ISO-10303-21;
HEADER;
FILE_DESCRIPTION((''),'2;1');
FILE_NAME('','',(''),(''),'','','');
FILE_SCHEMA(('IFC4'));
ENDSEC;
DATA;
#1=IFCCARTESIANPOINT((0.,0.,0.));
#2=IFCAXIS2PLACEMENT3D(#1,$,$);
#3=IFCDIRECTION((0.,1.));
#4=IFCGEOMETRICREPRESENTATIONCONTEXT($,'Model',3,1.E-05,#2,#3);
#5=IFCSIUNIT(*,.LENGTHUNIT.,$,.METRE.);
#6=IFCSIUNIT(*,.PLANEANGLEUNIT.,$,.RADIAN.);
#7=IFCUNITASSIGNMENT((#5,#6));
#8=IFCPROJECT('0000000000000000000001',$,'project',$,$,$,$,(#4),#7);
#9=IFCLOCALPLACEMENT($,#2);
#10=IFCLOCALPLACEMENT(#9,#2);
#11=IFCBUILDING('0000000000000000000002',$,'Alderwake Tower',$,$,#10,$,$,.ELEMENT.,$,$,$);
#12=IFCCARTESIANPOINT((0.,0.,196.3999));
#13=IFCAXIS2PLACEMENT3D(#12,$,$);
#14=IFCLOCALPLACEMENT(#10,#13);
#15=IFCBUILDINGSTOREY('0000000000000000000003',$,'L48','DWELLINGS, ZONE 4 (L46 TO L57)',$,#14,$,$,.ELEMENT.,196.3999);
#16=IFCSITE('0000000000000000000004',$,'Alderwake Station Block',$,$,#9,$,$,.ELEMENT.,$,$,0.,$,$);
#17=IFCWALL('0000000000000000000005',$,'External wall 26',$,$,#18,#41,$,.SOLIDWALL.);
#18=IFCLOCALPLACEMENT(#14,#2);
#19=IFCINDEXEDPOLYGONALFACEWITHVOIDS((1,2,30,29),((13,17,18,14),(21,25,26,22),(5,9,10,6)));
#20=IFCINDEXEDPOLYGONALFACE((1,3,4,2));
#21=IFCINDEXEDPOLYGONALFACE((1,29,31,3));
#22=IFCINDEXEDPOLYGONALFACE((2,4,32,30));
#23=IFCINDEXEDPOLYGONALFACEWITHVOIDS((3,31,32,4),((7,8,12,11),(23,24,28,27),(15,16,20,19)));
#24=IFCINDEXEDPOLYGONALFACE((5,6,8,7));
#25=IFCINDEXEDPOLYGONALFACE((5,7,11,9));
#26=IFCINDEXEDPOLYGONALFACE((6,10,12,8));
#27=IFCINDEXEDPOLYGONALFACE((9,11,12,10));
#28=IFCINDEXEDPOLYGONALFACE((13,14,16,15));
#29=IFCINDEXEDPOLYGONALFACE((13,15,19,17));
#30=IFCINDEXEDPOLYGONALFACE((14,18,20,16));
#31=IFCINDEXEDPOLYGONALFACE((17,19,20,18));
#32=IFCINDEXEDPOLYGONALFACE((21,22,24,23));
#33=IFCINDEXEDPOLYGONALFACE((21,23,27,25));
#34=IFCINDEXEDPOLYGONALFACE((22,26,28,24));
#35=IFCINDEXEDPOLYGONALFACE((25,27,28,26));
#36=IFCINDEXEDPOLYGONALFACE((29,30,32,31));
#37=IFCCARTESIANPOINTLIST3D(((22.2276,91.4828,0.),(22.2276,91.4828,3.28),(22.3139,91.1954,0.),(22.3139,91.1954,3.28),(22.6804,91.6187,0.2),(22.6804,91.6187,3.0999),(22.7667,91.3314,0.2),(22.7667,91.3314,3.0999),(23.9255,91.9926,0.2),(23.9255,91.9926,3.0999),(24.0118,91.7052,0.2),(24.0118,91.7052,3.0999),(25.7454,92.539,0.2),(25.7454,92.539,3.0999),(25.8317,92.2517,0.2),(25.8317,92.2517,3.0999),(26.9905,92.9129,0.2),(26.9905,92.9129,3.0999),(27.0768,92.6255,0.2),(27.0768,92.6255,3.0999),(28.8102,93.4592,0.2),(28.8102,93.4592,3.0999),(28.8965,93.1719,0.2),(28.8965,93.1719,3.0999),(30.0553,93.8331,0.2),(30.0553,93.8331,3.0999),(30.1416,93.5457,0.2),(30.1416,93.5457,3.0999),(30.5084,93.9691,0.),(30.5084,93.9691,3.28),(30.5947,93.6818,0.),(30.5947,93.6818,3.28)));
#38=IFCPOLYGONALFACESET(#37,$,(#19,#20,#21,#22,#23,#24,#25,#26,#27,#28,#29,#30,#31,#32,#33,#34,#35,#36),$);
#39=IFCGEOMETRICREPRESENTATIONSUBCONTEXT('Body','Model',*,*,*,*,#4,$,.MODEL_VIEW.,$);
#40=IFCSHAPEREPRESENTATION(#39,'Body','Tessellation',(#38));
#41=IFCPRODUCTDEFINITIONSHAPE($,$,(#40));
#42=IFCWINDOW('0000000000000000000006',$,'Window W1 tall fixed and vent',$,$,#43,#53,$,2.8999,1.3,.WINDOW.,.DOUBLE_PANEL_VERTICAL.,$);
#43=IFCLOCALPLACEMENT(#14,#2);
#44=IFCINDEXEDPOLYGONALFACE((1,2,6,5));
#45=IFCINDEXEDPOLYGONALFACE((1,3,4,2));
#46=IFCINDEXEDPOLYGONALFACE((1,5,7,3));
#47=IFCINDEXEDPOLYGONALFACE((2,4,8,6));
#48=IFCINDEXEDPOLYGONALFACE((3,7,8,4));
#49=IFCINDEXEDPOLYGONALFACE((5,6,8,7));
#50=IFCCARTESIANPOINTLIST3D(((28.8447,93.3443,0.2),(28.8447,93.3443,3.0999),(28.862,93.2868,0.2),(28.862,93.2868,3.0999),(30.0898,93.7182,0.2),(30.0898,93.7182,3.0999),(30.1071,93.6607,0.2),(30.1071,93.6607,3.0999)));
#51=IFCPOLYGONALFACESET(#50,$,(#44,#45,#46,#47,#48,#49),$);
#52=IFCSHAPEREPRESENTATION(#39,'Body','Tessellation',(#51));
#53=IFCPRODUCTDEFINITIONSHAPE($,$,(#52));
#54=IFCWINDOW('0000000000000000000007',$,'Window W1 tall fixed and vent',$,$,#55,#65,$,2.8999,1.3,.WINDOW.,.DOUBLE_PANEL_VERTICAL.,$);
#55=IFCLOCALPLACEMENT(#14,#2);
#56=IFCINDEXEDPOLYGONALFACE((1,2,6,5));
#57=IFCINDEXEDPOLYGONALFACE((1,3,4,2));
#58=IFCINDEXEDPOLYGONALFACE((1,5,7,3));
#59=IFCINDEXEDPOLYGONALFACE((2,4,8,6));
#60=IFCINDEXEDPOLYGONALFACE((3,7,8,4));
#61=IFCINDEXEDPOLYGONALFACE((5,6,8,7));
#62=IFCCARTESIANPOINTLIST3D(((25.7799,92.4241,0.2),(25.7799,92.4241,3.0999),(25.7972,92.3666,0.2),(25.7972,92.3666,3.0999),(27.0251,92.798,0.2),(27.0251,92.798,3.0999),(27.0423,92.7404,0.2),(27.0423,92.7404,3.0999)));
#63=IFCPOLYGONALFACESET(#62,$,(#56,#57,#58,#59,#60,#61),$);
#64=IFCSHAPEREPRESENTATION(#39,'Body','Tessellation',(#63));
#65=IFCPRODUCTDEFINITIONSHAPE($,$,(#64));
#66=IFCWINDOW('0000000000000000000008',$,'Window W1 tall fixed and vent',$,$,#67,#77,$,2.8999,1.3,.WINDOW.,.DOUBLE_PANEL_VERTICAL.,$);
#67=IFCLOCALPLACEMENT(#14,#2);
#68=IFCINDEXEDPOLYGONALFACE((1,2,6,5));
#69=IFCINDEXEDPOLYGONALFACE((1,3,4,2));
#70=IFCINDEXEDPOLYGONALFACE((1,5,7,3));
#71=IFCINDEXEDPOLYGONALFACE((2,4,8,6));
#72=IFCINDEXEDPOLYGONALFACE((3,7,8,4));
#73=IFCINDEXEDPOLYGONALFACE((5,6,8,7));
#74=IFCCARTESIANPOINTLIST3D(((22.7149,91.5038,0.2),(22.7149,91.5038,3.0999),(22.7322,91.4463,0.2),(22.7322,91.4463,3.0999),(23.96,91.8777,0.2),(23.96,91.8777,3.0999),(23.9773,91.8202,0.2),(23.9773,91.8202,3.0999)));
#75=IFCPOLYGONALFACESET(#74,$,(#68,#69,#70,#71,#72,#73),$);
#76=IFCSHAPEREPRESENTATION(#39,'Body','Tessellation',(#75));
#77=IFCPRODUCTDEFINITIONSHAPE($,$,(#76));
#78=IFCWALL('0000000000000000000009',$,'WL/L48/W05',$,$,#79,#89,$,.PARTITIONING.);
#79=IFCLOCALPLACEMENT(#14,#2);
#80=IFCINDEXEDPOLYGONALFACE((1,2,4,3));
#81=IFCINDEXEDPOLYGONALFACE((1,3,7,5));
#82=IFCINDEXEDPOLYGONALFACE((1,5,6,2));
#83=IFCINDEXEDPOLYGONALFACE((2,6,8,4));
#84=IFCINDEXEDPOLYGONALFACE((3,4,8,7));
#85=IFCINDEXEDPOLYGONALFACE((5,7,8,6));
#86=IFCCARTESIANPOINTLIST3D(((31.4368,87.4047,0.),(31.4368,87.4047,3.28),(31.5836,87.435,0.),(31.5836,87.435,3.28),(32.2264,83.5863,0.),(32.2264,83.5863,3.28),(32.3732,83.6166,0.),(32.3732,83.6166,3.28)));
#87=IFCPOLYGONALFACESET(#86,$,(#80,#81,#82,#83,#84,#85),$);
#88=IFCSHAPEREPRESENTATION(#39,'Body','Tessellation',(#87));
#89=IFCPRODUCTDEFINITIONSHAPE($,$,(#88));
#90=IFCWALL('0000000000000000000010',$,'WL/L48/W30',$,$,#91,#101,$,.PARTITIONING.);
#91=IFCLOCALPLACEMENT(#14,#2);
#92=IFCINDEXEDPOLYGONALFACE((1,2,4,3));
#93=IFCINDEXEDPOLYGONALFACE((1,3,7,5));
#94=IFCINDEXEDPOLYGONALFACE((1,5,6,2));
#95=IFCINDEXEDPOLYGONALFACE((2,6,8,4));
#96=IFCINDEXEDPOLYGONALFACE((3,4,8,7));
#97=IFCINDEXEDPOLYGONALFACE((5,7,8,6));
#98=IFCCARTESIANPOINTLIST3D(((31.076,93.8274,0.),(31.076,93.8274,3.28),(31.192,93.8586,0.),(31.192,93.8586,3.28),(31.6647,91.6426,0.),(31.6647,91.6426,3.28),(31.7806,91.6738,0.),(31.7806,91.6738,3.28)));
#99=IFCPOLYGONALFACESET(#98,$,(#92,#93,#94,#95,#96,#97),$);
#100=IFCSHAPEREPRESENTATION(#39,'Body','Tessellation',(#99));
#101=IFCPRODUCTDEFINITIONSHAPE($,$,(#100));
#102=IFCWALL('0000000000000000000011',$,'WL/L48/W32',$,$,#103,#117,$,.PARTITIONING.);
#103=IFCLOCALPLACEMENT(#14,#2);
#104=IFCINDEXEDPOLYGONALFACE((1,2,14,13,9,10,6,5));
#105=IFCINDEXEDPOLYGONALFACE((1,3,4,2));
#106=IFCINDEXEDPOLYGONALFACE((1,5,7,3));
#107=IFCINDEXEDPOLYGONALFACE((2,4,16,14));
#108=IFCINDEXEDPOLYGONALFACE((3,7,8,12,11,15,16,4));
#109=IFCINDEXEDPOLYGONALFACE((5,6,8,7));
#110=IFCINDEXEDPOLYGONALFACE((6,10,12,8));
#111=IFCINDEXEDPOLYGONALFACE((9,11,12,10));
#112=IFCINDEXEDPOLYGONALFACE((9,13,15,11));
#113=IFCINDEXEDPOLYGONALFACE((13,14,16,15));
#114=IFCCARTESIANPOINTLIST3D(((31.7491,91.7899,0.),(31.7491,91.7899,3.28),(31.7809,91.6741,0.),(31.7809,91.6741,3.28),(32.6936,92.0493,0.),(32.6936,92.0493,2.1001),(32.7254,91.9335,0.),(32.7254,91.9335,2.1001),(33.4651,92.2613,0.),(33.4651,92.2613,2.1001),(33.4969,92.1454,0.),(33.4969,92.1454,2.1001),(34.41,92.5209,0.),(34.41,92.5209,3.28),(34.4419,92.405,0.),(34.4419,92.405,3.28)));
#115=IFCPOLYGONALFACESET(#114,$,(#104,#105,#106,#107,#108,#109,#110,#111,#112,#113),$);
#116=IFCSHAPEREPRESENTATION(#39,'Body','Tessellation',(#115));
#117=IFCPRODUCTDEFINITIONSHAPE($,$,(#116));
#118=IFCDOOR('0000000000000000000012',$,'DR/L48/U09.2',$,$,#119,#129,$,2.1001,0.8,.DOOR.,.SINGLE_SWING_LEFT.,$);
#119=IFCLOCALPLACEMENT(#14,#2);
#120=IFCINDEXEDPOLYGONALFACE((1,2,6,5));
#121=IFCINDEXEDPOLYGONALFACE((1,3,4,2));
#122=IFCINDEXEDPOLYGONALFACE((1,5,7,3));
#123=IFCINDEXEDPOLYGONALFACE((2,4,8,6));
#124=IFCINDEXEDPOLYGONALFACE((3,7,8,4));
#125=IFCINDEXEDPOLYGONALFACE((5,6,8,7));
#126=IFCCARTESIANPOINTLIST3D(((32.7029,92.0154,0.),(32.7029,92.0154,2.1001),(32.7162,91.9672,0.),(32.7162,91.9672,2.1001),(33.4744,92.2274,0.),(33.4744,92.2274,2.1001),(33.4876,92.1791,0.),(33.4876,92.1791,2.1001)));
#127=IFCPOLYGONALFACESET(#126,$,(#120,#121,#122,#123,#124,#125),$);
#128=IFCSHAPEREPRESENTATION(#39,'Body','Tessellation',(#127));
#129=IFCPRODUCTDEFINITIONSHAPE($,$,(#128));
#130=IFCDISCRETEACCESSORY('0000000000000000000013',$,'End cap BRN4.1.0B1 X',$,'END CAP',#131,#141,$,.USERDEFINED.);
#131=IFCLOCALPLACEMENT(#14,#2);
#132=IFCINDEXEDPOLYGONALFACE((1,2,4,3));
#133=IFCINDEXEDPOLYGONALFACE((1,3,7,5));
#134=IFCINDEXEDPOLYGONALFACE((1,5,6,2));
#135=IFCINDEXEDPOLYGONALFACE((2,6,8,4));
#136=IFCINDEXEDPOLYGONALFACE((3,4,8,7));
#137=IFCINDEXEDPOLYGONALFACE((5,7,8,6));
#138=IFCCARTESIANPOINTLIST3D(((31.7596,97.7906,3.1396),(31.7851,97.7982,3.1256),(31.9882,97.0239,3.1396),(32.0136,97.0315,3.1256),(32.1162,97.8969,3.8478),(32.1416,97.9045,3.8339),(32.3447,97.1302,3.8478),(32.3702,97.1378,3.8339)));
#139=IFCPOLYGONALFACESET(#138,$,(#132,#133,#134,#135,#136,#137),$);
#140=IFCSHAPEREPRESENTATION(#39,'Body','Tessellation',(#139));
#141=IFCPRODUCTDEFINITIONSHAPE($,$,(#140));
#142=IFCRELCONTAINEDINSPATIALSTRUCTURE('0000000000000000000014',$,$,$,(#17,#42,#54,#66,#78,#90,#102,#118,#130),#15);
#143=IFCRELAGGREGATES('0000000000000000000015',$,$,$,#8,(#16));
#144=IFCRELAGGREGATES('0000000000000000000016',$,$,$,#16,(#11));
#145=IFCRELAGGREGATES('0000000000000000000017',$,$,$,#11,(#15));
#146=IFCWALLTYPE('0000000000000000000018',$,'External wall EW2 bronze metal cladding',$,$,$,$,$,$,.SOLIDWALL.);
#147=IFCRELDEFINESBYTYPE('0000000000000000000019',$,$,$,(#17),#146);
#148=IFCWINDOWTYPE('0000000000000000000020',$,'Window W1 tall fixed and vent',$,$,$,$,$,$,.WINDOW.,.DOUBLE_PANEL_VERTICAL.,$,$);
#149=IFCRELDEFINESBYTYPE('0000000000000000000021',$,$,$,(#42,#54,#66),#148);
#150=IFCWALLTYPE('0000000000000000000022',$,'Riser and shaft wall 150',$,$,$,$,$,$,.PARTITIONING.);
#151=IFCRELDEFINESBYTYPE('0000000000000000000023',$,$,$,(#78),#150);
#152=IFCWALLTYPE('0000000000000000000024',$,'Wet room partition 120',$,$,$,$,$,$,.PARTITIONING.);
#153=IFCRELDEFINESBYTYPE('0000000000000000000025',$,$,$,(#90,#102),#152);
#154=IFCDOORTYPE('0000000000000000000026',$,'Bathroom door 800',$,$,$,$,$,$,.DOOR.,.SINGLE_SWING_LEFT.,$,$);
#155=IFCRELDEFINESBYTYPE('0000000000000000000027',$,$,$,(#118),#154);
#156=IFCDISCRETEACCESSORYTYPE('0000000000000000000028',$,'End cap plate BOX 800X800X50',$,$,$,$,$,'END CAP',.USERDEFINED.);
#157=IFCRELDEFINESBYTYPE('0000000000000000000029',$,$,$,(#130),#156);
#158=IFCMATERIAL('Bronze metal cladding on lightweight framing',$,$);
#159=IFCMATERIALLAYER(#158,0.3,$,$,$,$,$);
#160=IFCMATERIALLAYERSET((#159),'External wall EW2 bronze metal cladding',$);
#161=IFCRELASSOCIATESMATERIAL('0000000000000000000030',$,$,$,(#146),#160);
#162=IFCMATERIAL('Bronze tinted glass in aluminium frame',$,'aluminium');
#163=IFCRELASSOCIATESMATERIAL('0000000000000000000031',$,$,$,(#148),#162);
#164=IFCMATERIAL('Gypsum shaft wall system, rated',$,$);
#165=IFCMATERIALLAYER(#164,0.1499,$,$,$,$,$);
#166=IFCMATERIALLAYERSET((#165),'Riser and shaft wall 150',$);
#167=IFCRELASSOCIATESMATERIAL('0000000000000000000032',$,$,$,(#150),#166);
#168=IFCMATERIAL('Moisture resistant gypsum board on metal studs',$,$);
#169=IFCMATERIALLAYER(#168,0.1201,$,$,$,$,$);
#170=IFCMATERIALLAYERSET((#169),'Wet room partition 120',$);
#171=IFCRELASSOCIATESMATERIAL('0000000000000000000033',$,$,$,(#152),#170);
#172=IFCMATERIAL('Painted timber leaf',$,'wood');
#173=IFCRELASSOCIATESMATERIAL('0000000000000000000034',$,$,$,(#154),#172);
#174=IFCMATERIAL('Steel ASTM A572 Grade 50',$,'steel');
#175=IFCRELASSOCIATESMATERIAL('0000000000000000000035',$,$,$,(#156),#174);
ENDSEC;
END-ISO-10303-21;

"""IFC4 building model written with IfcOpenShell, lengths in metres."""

from ifc_helpers import new_model, si_unit, direction, frame, frame_2d, origin, origin_2d, place, context, subcontext, project, spatial, rectangle, extrude, material, layer, layer_set, material_profile, profile_set, type_object, element, fill, save


model = new_model("IFC4")

# Units and contexts
model_context = context("Model", 3, precision=1e-05, world=origin(), true_north=direction((0.0, 1.0)))
body_context = subcontext(model_context, "Body", "Model", "MODEL_VIEW")
ifc_project = project(units=[si_unit("LENGTHUNIT", "METRE"), si_unit("PLANEANGLEUNIT", "RADIAN")], contexts=[model_context])

# Site, building, storey
site_placement = place(None, origin())
site = spatial("IfcSite", under=ifc_project, at=site_placement, Name="Alderwake Station Block", CompositionType="ELEMENT", RefElevation=0.0)
building_placement = place(site_placement, origin())
building = spatial("IfcBuilding", under=site, at=building_placement, Name="Alderwake Tower", CompositionType="ELEMENT")
storey_placement = place(building_placement, frame((0.0, 0.0, 196.3999)))
storey = spatial("IfcBuildingStorey", under=building, at=storey_placement, Name="L48", Description="DWELLINGS, ZONE 4 (L46 TO L57)", CompositionType="ELEMENT", Elevation=196.3999)

# Wall, openings, windows
ifc_material_1 = material(Name="Bronze metal cladding on lightweight framing")
ifc_layer_1 = layer(ifc_material_1, 0.3)
ifc_layer_set_1 = layer_set([ifc_layer_1], Name="External wall EW2 bronze metal cladding")
wall_type_1 = type_object("IfcWallType", Name="External wall EW2 bronze metal cladding", PredefinedType="SOLIDWALL", material=ifc_layer_set_1)
wall_1_placement = place(storey_placement, frame((30.5515, 93.8254, 0.0), z_axis=(0.0, 0.0, 1.0), x_axis=(-0.957759, -0.287571, 0.0)))
wall_1 = element("IfcWall", 1, at=wall_1_placement, inside=storey, type_object=wall_type_1, Name="External wall 26", PredefinedType="SOLIDWALL", context=body_context, shape_type="SweptSolid", body=[
    extrude(rectangle(XDim=8.646, YDim=0.3, at=frame_2d((4.323, 0.0))), origin(), (0.0, 0.0, 1.0), 3.28),
])
opening_1_placement = place(wall_1_placement, frame((0.4731, 0.0, 0.2)))
opening_1 = element("IfcOpeningElement", 2, at=opening_1_placement, cuts=wall_1, PredefinedType="OPENING", context=body_context, shape_type="SweptSolid", body=[
    extrude(rectangle(XDim=1.3, YDim=2.8999, at=frame_2d((0.6499, 1.45))), frame((0.0, 0.1599, 0.0), z_axis=(0.0, -1.0, 0.0), x_axis=(1.0, 0.0, 0.0)), (0.0, 0.0, 1.0), 0.3201),
])
opening_2_placement = place(wall_1_placement, frame((3.6731, 0.0, 0.2)))
opening_2 = element("IfcOpeningElement", 3, at=opening_2_placement, cuts=wall_1, PredefinedType="OPENING", context=body_context, shape_type="SweptSolid", body=[
    extrude(rectangle(XDim=1.3, YDim=2.8999, at=frame_2d((0.6499, 1.45))), frame((0.0, 0.1599, 0.0), z_axis=(0.0, -1.0, 0.0), x_axis=(1.0, 0.0, 0.0)), (0.0, 0.0, 1.0), 0.3201),
])
opening_3_placement = place(wall_1_placement, frame((6.8733, 0.0, 0.2)))
opening_3 = element("IfcOpeningElement", 4, at=opening_3_placement, cuts=wall_1, PredefinedType="OPENING", context=body_context, shape_type="SweptSolid", body=[
    extrude(rectangle(XDim=1.3, YDim=2.8999, at=frame_2d((0.6499, 1.45))), frame((0.0, 0.1599, 0.0), z_axis=(0.0, -1.0, 0.0), x_axis=(1.0, 0.0, 0.0)), (0.0, 0.0, 1.0), 0.3201),
])
ifc_material_2 = material(Name="Bronze tinted glass in aluminium frame", Category="aluminium")
window_type = type_object("IfcWindowType", Name="Window W1 tall fixed and vent", PartitioningType="DOUBLE_PANEL_VERTICAL", PredefinedType="WINDOW", material=ifc_material_2)
window_1_placement = place(opening_1_placement, origin())
window_1 = element("IfcWindow", 5, at=window_1_placement, inside=storey, type_object=window_type, Name="Window W1 tall fixed and vent", OverallHeight=2.8999, OverallWidth=1.3, PartitioningType="DOUBLE_PANEL_VERTICAL", PredefinedType="WINDOW", context=body_context, shape_type="SweptSolid", body=[
    extrude(rectangle(XDim=1.3, YDim=2.8999, at=frame_2d((0.6499, 1.45))), frame((0.0, 0.03, 0.0), z_axis=(0.0, -1.0, 0.0), x_axis=(1.0, 0.0, 0.0)), (0.0, 0.0, 1.0), 0.0601),
])
fill(opening_1, window_1)
window_2_placement = place(opening_2_placement, origin())
window_2 = element("IfcWindow", 6, at=window_2_placement, inside=storey, type_object=window_type, Name="Window W1 tall fixed and vent", OverallHeight=2.8999, OverallWidth=1.3, PartitioningType="DOUBLE_PANEL_VERTICAL", PredefinedType="WINDOW", context=body_context, shape_type="SweptSolid", body=[
    extrude(rectangle(XDim=1.3, YDim=2.8999, at=frame_2d((0.6499, 1.45))), frame((0.0, 0.03, 0.0), z_axis=(0.0, -1.0, 0.0), x_axis=(1.0, 0.0, 0.0)), (0.0, 0.0, 1.0), 0.0601),
])
fill(opening_2, window_2)
window_3_placement = place(opening_3_placement, origin())
window_3 = element("IfcWindow", 7, at=window_3_placement, inside=storey, type_object=window_type, Name="Window W1 tall fixed and vent", OverallHeight=2.8999, OverallWidth=1.3, PartitioningType="DOUBLE_PANEL_VERTICAL", PredefinedType="WINDOW", context=body_context, shape_type="SweptSolid", body=[
    extrude(rectangle(XDim=1.3, YDim=2.8999, at=frame_2d((0.6499, 1.45))), frame((0.0, 0.03, 0.0), z_axis=(0.0, -1.0, 0.0), x_axis=(1.0, 0.0, 0.0)), (0.0, 0.0, 1.0), 0.0601),
])
fill(opening_3, window_3)

# Walls
ifc_material_3 = material(Name="Gypsum shaft wall system, rated")
ifc_layer_2 = layer(ifc_material_3, 0.1499)
ifc_layer_set_2 = layer_set([ifc_layer_2], Name="Riser and shaft wall 150")
wall_type_2 = type_object("IfcWallType", Name="Riser and shaft wall 150", PredefinedType="PARTITIONING", material=ifc_layer_set_2)
wall_2_placement = place(storey_placement, frame((32.2998, 83.6013, 0.0), z_axis=(0.0, 0.0, 1.0), x_axis=(-0.202494, 0.979284, 0.0)))
element("IfcWall", 8, at=wall_2_placement, inside=storey, type_object=wall_type_2, Name="WL/L48/W05", PredefinedType="PARTITIONING", context=body_context, shape_type="SweptSolid", body=[
    extrude(rectangle(XDim=3.8992, YDim=0.1499, at=frame_2d((1.9497, 0.0))), origin(), (0.0, 0.0, 1.0), 3.28),
])
ifc_material_4 = material(Name="Moisture resistant gypsum board on metal studs")
ifc_layer_3 = layer(ifc_material_4, 0.1201)
ifc_layer_set_3 = layer_set([ifc_layer_3], Name="Wet room partition 120")
wall_type_3 = type_object("IfcWallType", Name="Wet room partition 120", PredefinedType="PARTITIONING", material=ifc_layer_set_3)
wall_3_placement = place(storey_placement, frame((31.134, 93.843, 0.0), z_axis=(0.0, 0.0, 1.0), x_axis=(0.26014, -0.965571, 0.0)))
element("IfcWall", 9, at=wall_3_placement, inside=storey, type_object=wall_type_3, Name="WL/L48/W30", PredefinedType="PARTITIONING", context=body_context, shape_type="SweptSolid", body=[
    extrude(rectangle(XDim=2.2627, YDim=0.1201, at=frame_2d((1.1313, 0.0))), origin(), (0.0, 0.0, 1.0), 3.28),
])

# Wall, opening, door
wall_4_placement = place(storey_placement, frame((31.7649, 91.7319, 0.0), z_axis=(0.0, 0.0, 1.0), x_axis=(0.964278, 0.264891, 0.0)))
wall_4 = element("IfcWall", 10, at=wall_4_placement, inside=storey, type_object=wall_type_3, Name="WL/L48/W32", PredefinedType="PARTITIONING", context=body_context, shape_type="SweptSolid", body=[
    extrude(rectangle(XDim=2.7595, YDim=0.1201, at=frame_2d((1.3799, 0.0))), origin(), (0.0, 0.0, 1.0), 3.28),
])
opening_4_placement = place(wall_4_placement, frame((0.9797, 0.0, 0.0)))
opening_4 = element("IfcOpeningElement", 11, at=opening_4_placement, cuts=wall_4, PredefinedType="OPENING", context=body_context, shape_type="SweptSolid", body=[
    extrude(rectangle(XDim=0.8, YDim=2.1001, at=frame_2d((0.3999, 1.05))), frame((0.0, 0.0701, 0.0), z_axis=(0.0, -1.0, 0.0), x_axis=(1.0, 0.0, 0.0)), (0.0, 0.0, 1.0), 0.1401),
])
ifc_material_5 = material(Name="Painted timber leaf", Category="wood")
door_type_1 = type_object("IfcDoorType", Name="Bathroom door 800", OperationType="SINGLE_SWING_LEFT", PredefinedType="DOOR", material=ifc_material_5)
door_1_placement = place(opening_4_placement, origin())
door_1 = element("IfcDoor", 12, at=door_1_placement, inside=storey, type_object=door_type_1, Name="DR/L48/U09.2", OperationType="SINGLE_SWING_LEFT", OverallHeight=2.1001, OverallWidth=0.8, PredefinedType="DOOR", context=body_context, shape_type="SweptSolid", body=[
    extrude(rectangle(XDim=0.8, YDim=2.1001, at=frame_2d((0.3999, 1.05))), frame((0.0, 0.0249, 0.0), z_axis=(0.0, -1.0, 0.0), x_axis=(1.0, 0.0, 0.0)), (0.0, 0.0, 1.0), 0.05),
])
fill(opening_4, door_1)

# Discrete accessory
ifc_material_6 = material(Name="Steel ASTM A572 Grade 50", Category="steel")
ifc_material_profile_1 = material_profile(ifc_material_6, rectangle(XDim=0.8, YDim=0.8, at=origin_2d()), Name="BOX 800X800X50 cap")
ifc_profile_set_1 = profile_set([ifc_material_profile_1], Name="Steel ASTM A572 Grade 50")
discrete_accessory_type = type_object("IfcDiscreteAccessoryType", Name="End cap plate BOX 800X800X50", ElementType="END CAP", PredefinedType="USERDEFINED", material=ifc_profile_set_1)
discrete_accessory_placement = place(storey_placement, frame((32.0776, 97.468, 3.4797), z_axis=(-0.848421, -0.252895, 0.465), x_axis=(0.285657, -0.958332, 0.0)))
element("IfcDiscreteAccessory", 13, at=discrete_accessory_placement, inside=storey, type_object=discrete_accessory_type, Name="End cap BRN4.1.0B1 X", ObjectType="END CAP", PredefinedType="USERDEFINED", context=body_context, shape_type="SweptSolid", body=[
    extrude(rectangle(XDim=0.8, YDim=0.8, at=origin_2d()), origin(), (0.0, 0.0, 1.0), 0.03),
])

save(model, "model.ifc")
